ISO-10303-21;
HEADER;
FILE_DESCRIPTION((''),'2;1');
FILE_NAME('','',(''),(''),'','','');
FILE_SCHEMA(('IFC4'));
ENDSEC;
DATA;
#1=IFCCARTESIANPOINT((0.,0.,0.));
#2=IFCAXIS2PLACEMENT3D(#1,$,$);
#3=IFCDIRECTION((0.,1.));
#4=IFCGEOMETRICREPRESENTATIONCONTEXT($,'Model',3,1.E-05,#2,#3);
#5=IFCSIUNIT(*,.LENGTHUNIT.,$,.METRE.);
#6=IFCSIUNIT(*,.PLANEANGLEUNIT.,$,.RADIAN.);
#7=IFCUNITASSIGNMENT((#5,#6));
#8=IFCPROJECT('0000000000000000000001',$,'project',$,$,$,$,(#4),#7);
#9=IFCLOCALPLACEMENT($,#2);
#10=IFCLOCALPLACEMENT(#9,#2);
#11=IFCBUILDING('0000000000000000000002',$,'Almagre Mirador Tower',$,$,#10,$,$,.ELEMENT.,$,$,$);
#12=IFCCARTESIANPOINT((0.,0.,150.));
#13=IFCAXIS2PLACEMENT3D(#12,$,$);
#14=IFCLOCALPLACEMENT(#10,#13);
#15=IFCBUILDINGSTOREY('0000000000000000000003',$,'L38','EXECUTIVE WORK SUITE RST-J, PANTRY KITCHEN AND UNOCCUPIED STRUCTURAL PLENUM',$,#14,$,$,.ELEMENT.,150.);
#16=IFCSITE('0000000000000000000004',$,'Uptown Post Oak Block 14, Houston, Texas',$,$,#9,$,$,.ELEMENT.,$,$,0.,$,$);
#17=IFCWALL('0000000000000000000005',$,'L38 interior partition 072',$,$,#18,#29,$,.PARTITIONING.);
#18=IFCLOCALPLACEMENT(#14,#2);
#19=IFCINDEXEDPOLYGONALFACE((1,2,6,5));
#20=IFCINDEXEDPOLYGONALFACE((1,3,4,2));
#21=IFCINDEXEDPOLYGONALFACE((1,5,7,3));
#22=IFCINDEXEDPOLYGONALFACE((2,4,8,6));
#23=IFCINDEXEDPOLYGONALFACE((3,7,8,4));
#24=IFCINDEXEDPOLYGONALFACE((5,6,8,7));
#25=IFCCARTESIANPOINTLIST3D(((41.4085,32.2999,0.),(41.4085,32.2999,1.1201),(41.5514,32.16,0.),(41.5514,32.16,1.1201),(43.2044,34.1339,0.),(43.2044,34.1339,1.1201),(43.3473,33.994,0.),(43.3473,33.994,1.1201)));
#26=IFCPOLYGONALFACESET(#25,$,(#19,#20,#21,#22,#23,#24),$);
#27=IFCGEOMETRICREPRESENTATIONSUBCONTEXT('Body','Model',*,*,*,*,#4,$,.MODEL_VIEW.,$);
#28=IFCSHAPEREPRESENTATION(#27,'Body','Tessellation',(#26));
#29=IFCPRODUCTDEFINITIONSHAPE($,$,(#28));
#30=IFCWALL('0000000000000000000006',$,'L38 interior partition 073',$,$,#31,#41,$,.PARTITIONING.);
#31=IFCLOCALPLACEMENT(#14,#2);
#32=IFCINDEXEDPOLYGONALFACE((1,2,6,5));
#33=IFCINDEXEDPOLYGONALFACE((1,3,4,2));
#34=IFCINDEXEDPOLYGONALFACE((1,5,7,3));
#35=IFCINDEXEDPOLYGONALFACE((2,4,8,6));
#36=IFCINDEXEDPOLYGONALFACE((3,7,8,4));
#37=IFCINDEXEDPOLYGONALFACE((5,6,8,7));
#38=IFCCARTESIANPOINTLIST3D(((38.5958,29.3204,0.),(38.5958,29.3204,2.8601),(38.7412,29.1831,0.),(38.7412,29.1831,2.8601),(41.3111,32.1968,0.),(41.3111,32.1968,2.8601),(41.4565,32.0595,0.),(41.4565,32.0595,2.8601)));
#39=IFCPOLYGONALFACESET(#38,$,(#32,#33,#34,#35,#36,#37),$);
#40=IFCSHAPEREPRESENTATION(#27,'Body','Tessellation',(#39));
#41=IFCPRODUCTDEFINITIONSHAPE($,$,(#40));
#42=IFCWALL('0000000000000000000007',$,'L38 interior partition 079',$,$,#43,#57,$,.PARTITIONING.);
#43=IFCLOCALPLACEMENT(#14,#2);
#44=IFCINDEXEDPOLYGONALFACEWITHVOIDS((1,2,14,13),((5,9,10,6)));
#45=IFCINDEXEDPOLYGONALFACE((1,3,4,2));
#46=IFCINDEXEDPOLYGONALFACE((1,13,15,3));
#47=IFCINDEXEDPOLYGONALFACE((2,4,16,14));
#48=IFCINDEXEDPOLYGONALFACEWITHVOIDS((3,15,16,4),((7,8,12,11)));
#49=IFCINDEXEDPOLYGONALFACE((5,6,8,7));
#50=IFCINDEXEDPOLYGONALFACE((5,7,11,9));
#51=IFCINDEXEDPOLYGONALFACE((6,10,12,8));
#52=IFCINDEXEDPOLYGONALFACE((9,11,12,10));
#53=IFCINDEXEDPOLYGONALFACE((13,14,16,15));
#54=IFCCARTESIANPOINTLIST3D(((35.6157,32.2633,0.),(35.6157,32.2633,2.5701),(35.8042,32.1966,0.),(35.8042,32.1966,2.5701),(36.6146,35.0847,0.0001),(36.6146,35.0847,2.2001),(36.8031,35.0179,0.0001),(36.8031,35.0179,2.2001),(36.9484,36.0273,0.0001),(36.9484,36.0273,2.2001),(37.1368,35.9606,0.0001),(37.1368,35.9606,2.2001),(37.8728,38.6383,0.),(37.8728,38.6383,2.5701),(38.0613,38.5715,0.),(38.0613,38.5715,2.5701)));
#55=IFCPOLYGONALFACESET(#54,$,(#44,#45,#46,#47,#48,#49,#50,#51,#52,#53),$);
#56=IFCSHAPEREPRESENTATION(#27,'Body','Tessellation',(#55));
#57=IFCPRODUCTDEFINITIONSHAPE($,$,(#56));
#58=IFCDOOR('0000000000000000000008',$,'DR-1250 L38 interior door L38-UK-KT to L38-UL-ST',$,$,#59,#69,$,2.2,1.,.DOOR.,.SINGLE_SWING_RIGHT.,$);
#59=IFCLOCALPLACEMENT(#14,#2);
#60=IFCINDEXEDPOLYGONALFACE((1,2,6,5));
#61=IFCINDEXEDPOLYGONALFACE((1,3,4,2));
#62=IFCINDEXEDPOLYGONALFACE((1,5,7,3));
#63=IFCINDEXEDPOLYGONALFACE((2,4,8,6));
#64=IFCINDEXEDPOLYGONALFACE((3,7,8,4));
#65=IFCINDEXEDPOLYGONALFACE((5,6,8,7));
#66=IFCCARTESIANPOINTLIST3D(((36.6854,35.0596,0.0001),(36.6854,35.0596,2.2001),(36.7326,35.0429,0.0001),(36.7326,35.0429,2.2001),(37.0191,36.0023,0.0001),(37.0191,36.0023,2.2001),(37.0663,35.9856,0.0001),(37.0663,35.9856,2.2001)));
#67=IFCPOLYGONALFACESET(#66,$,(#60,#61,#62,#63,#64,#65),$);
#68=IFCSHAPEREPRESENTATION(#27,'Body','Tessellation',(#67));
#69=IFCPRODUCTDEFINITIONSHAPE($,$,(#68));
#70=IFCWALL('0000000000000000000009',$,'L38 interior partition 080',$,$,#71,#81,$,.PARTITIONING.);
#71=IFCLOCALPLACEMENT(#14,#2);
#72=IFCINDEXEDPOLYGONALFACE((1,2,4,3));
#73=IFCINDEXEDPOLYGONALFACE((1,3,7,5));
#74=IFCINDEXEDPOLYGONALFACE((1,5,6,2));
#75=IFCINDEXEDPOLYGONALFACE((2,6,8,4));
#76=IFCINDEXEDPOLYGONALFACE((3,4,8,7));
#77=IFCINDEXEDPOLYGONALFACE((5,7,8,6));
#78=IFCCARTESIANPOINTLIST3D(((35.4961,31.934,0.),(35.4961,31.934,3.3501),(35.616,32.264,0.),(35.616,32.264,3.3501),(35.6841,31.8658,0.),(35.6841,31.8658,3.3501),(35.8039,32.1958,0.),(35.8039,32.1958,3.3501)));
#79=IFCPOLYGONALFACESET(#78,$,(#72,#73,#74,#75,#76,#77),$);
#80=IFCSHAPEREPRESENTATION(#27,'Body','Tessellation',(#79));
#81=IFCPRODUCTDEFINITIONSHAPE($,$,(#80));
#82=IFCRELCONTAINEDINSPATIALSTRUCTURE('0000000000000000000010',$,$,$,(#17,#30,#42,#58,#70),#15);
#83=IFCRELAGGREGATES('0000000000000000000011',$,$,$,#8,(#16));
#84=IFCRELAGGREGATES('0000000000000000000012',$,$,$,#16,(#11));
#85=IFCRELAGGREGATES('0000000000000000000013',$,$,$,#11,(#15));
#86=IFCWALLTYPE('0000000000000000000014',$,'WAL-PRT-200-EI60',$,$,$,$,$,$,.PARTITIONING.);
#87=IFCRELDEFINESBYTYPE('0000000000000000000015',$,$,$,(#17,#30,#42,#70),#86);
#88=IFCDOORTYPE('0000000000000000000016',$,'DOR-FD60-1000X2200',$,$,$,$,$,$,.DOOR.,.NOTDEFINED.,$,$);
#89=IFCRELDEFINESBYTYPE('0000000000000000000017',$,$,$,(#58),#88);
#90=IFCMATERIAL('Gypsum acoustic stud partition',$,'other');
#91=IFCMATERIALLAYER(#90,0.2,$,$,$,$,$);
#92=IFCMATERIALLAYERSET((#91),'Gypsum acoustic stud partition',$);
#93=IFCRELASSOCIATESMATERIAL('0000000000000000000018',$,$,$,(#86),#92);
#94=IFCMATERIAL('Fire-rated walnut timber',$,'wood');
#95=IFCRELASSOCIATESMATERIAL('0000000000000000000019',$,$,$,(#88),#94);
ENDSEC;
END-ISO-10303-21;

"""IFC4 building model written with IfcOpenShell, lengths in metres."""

from ifc_helpers import new_model, si_unit, direction, frame, frame_2d, origin, place, context, subcontext, project, spatial, rectangle, extrude, material, layer, layer_set, type_object, element, fill, save


model = new_model("IFC4")

# Units and contexts
model_context = context("Model", 3, precision=1e-05, world=origin(), true_north=direction((0.0, 1.0)))
body_context = subcontext(model_context, "Body", "Model", "MODEL_VIEW")
ifc_project = project(units=[si_unit("LENGTHUNIT", "METRE"), si_unit("PLANEANGLEUNIT", "RADIAN")], contexts=[model_context])

# Site, building, storey
site_placement = place(None, origin())
site = spatial("IfcSite", under=ifc_project, at=site_placement, Name="Uptown Post Oak Block 14, Houston, Texas", CompositionType="ELEMENT", RefElevation=0.0)
building_placement = place(site_placement, origin())
building = spatial("IfcBuilding", under=site, at=building_placement, Name="Almagre Mirador Tower", CompositionType="ELEMENT")
storey_placement = place(building_placement, frame((0.0, 0.0, 150.0)))
storey = spatial("IfcBuildingStorey", under=building, at=storey_placement, Name="L38", Description="EXECUTIVE WORK SUITE RST-J, PANTRY KITCHEN AND UNOCCUPIED STRUCTURAL PLENUM", CompositionType="ELEMENT", Elevation=150.0)

# Walls
ifc_material_1 = material(Name="Gypsum acoustic stud partition", Category="other")
ifc_layer_1 = layer(ifc_material_1, 0.2)
ifc_layer_set_1 = layer_set([ifc_layer_1], Name="Gypsum acoustic stud partition")
wall_type_1 = type_object("IfcWallType", Name="WAL-PRT-200-EI60", PredefinedType="PARTITIONING", material=ifc_layer_set_1)
wall_1_placement = place(storey_placement, frame((43.2759, 34.064, 0.0), z_axis=(0.0, 0.0, 1.0), x_axis=(-0.699649, -0.714487, 0.0)))
element("IfcWall", 1, at=wall_1_placement, inside=storey, type_object=wall_type_1, Name="L38 interior partition 072", PredefinedType="PARTITIONING", context=body_context, shape_type="SweptSolid", body=[
    extrude(rectangle(XDim=2.5669, YDim=0.2, at=frame_2d((1.2834, 0.0))), origin(), (0.0, 0.0, 1.0), 1.1201),
])
wall_2_placement = place(storey_placement, frame((41.3838, 32.1282, 0.0), z_axis=(0.0, 0.0, 1.0), x_axis=(-0.686446, -0.727181, 0.0)))
element("IfcWall", 2, at=wall_2_placement, inside=storey, type_object=wall_type_1, Name="L38 interior partition 073", PredefinedType="PARTITIONING", context=body_context, shape_type="SweptSolid", body=[
    extrude(rectangle(XDim=3.9556, YDim=0.2, at=frame_2d((1.9778, 0.0))), origin(), (0.0, 0.0, 1.0), 2.8601),
])

# Wall, opening, door
wall_3_placement = place(storey_placement, frame((35.71, 32.23, 0.0), z_axis=(0.0, 0.0, 1.0), x_axis=(0.333751, 0.942661, 0.0)))
wall_3 = element("IfcWall", 3, at=wall_3_placement, inside=storey, type_object=wall_type_1, Name="L38 interior partition 079", PredefinedType="PARTITIONING", context=body_context, shape_type="SweptSolid", body=[
    extrude(rectangle(XDim=6.7627, YDim=0.2, at=frame_2d((3.3813, 0.0))), origin(), (0.0, 0.0, 1.0), 2.5701),
])
opening_1_placement = place(wall_3_placement, frame((2.9929, 0.0, 0.0)))
opening_1 = element("IfcOpeningElement", 4, at=opening_1_placement, cuts=wall_3, PredefinedType="OPENING", context=body_context, shape_type="SweptSolid", body=[
    extrude(rectangle(XDim=1.0, YDim=2.2, at=frame_2d((0.5, 1.1001))), frame((0.0, 0.1101, 0.0), z_axis=(0.0, -1.0, 0.0), x_axis=(1.0, 0.0, 0.0)), (0.0, 0.0, 1.0), 0.22),
])
ifc_material_2 = material(Name="Fire-rated walnut timber", Category="wood")
door_type_1 = type_object("IfcDoorType", Name="DOR-FD60-1000X2200", OperationType="NOTDEFINED", PredefinedType="DOOR", material=ifc_material_2)
door_1_placement = place(opening_1_placement, origin())
door_1 = element("IfcDoor", 5, at=door_1_placement, inside=storey, type_object=door_type_1, Name="DR-1250 L38 interior door L38-UK-KT to L38-UL-ST", OperationType="SINGLE_SWING_RIGHT", OverallHeight=2.2, OverallWidth=1.0, PredefinedType="DOOR", context=body_context, shape_type="SweptSolid", body=[
    extrude(rectangle(XDim=1.0, YDim=2.2, at=frame_2d((0.5, 1.1001))), frame((0.0, 0.0249, 0.0), z_axis=(0.0, -1.0, 0.0), x_axis=(1.0, 0.0, 0.0)), (0.0, 0.0, 1.0), 0.05),
])
fill(opening_1, door_1)

# Wall
wall_4_placement = place(storey_placement, frame((35.5901, 31.8999, 0.0), z_axis=(0.0, 0.0, 1.0), x_axis=(0.341352, 0.939935, 0.0)))
element("IfcWall", 6, at=wall_4_placement, inside=storey, type_object=wall_type_1, Name="L38 interior partition 080", PredefinedType="PARTITIONING", context=body_context, shape_type="SweptSolid", body=[
    extrude(rectangle(XDim=0.3511, YDim=0.2, at=frame_2d((0.1755, 0.0))), origin(), (0.0, 0.0, 1.0), 3.3501),
])

save(model, "model.ifc")
